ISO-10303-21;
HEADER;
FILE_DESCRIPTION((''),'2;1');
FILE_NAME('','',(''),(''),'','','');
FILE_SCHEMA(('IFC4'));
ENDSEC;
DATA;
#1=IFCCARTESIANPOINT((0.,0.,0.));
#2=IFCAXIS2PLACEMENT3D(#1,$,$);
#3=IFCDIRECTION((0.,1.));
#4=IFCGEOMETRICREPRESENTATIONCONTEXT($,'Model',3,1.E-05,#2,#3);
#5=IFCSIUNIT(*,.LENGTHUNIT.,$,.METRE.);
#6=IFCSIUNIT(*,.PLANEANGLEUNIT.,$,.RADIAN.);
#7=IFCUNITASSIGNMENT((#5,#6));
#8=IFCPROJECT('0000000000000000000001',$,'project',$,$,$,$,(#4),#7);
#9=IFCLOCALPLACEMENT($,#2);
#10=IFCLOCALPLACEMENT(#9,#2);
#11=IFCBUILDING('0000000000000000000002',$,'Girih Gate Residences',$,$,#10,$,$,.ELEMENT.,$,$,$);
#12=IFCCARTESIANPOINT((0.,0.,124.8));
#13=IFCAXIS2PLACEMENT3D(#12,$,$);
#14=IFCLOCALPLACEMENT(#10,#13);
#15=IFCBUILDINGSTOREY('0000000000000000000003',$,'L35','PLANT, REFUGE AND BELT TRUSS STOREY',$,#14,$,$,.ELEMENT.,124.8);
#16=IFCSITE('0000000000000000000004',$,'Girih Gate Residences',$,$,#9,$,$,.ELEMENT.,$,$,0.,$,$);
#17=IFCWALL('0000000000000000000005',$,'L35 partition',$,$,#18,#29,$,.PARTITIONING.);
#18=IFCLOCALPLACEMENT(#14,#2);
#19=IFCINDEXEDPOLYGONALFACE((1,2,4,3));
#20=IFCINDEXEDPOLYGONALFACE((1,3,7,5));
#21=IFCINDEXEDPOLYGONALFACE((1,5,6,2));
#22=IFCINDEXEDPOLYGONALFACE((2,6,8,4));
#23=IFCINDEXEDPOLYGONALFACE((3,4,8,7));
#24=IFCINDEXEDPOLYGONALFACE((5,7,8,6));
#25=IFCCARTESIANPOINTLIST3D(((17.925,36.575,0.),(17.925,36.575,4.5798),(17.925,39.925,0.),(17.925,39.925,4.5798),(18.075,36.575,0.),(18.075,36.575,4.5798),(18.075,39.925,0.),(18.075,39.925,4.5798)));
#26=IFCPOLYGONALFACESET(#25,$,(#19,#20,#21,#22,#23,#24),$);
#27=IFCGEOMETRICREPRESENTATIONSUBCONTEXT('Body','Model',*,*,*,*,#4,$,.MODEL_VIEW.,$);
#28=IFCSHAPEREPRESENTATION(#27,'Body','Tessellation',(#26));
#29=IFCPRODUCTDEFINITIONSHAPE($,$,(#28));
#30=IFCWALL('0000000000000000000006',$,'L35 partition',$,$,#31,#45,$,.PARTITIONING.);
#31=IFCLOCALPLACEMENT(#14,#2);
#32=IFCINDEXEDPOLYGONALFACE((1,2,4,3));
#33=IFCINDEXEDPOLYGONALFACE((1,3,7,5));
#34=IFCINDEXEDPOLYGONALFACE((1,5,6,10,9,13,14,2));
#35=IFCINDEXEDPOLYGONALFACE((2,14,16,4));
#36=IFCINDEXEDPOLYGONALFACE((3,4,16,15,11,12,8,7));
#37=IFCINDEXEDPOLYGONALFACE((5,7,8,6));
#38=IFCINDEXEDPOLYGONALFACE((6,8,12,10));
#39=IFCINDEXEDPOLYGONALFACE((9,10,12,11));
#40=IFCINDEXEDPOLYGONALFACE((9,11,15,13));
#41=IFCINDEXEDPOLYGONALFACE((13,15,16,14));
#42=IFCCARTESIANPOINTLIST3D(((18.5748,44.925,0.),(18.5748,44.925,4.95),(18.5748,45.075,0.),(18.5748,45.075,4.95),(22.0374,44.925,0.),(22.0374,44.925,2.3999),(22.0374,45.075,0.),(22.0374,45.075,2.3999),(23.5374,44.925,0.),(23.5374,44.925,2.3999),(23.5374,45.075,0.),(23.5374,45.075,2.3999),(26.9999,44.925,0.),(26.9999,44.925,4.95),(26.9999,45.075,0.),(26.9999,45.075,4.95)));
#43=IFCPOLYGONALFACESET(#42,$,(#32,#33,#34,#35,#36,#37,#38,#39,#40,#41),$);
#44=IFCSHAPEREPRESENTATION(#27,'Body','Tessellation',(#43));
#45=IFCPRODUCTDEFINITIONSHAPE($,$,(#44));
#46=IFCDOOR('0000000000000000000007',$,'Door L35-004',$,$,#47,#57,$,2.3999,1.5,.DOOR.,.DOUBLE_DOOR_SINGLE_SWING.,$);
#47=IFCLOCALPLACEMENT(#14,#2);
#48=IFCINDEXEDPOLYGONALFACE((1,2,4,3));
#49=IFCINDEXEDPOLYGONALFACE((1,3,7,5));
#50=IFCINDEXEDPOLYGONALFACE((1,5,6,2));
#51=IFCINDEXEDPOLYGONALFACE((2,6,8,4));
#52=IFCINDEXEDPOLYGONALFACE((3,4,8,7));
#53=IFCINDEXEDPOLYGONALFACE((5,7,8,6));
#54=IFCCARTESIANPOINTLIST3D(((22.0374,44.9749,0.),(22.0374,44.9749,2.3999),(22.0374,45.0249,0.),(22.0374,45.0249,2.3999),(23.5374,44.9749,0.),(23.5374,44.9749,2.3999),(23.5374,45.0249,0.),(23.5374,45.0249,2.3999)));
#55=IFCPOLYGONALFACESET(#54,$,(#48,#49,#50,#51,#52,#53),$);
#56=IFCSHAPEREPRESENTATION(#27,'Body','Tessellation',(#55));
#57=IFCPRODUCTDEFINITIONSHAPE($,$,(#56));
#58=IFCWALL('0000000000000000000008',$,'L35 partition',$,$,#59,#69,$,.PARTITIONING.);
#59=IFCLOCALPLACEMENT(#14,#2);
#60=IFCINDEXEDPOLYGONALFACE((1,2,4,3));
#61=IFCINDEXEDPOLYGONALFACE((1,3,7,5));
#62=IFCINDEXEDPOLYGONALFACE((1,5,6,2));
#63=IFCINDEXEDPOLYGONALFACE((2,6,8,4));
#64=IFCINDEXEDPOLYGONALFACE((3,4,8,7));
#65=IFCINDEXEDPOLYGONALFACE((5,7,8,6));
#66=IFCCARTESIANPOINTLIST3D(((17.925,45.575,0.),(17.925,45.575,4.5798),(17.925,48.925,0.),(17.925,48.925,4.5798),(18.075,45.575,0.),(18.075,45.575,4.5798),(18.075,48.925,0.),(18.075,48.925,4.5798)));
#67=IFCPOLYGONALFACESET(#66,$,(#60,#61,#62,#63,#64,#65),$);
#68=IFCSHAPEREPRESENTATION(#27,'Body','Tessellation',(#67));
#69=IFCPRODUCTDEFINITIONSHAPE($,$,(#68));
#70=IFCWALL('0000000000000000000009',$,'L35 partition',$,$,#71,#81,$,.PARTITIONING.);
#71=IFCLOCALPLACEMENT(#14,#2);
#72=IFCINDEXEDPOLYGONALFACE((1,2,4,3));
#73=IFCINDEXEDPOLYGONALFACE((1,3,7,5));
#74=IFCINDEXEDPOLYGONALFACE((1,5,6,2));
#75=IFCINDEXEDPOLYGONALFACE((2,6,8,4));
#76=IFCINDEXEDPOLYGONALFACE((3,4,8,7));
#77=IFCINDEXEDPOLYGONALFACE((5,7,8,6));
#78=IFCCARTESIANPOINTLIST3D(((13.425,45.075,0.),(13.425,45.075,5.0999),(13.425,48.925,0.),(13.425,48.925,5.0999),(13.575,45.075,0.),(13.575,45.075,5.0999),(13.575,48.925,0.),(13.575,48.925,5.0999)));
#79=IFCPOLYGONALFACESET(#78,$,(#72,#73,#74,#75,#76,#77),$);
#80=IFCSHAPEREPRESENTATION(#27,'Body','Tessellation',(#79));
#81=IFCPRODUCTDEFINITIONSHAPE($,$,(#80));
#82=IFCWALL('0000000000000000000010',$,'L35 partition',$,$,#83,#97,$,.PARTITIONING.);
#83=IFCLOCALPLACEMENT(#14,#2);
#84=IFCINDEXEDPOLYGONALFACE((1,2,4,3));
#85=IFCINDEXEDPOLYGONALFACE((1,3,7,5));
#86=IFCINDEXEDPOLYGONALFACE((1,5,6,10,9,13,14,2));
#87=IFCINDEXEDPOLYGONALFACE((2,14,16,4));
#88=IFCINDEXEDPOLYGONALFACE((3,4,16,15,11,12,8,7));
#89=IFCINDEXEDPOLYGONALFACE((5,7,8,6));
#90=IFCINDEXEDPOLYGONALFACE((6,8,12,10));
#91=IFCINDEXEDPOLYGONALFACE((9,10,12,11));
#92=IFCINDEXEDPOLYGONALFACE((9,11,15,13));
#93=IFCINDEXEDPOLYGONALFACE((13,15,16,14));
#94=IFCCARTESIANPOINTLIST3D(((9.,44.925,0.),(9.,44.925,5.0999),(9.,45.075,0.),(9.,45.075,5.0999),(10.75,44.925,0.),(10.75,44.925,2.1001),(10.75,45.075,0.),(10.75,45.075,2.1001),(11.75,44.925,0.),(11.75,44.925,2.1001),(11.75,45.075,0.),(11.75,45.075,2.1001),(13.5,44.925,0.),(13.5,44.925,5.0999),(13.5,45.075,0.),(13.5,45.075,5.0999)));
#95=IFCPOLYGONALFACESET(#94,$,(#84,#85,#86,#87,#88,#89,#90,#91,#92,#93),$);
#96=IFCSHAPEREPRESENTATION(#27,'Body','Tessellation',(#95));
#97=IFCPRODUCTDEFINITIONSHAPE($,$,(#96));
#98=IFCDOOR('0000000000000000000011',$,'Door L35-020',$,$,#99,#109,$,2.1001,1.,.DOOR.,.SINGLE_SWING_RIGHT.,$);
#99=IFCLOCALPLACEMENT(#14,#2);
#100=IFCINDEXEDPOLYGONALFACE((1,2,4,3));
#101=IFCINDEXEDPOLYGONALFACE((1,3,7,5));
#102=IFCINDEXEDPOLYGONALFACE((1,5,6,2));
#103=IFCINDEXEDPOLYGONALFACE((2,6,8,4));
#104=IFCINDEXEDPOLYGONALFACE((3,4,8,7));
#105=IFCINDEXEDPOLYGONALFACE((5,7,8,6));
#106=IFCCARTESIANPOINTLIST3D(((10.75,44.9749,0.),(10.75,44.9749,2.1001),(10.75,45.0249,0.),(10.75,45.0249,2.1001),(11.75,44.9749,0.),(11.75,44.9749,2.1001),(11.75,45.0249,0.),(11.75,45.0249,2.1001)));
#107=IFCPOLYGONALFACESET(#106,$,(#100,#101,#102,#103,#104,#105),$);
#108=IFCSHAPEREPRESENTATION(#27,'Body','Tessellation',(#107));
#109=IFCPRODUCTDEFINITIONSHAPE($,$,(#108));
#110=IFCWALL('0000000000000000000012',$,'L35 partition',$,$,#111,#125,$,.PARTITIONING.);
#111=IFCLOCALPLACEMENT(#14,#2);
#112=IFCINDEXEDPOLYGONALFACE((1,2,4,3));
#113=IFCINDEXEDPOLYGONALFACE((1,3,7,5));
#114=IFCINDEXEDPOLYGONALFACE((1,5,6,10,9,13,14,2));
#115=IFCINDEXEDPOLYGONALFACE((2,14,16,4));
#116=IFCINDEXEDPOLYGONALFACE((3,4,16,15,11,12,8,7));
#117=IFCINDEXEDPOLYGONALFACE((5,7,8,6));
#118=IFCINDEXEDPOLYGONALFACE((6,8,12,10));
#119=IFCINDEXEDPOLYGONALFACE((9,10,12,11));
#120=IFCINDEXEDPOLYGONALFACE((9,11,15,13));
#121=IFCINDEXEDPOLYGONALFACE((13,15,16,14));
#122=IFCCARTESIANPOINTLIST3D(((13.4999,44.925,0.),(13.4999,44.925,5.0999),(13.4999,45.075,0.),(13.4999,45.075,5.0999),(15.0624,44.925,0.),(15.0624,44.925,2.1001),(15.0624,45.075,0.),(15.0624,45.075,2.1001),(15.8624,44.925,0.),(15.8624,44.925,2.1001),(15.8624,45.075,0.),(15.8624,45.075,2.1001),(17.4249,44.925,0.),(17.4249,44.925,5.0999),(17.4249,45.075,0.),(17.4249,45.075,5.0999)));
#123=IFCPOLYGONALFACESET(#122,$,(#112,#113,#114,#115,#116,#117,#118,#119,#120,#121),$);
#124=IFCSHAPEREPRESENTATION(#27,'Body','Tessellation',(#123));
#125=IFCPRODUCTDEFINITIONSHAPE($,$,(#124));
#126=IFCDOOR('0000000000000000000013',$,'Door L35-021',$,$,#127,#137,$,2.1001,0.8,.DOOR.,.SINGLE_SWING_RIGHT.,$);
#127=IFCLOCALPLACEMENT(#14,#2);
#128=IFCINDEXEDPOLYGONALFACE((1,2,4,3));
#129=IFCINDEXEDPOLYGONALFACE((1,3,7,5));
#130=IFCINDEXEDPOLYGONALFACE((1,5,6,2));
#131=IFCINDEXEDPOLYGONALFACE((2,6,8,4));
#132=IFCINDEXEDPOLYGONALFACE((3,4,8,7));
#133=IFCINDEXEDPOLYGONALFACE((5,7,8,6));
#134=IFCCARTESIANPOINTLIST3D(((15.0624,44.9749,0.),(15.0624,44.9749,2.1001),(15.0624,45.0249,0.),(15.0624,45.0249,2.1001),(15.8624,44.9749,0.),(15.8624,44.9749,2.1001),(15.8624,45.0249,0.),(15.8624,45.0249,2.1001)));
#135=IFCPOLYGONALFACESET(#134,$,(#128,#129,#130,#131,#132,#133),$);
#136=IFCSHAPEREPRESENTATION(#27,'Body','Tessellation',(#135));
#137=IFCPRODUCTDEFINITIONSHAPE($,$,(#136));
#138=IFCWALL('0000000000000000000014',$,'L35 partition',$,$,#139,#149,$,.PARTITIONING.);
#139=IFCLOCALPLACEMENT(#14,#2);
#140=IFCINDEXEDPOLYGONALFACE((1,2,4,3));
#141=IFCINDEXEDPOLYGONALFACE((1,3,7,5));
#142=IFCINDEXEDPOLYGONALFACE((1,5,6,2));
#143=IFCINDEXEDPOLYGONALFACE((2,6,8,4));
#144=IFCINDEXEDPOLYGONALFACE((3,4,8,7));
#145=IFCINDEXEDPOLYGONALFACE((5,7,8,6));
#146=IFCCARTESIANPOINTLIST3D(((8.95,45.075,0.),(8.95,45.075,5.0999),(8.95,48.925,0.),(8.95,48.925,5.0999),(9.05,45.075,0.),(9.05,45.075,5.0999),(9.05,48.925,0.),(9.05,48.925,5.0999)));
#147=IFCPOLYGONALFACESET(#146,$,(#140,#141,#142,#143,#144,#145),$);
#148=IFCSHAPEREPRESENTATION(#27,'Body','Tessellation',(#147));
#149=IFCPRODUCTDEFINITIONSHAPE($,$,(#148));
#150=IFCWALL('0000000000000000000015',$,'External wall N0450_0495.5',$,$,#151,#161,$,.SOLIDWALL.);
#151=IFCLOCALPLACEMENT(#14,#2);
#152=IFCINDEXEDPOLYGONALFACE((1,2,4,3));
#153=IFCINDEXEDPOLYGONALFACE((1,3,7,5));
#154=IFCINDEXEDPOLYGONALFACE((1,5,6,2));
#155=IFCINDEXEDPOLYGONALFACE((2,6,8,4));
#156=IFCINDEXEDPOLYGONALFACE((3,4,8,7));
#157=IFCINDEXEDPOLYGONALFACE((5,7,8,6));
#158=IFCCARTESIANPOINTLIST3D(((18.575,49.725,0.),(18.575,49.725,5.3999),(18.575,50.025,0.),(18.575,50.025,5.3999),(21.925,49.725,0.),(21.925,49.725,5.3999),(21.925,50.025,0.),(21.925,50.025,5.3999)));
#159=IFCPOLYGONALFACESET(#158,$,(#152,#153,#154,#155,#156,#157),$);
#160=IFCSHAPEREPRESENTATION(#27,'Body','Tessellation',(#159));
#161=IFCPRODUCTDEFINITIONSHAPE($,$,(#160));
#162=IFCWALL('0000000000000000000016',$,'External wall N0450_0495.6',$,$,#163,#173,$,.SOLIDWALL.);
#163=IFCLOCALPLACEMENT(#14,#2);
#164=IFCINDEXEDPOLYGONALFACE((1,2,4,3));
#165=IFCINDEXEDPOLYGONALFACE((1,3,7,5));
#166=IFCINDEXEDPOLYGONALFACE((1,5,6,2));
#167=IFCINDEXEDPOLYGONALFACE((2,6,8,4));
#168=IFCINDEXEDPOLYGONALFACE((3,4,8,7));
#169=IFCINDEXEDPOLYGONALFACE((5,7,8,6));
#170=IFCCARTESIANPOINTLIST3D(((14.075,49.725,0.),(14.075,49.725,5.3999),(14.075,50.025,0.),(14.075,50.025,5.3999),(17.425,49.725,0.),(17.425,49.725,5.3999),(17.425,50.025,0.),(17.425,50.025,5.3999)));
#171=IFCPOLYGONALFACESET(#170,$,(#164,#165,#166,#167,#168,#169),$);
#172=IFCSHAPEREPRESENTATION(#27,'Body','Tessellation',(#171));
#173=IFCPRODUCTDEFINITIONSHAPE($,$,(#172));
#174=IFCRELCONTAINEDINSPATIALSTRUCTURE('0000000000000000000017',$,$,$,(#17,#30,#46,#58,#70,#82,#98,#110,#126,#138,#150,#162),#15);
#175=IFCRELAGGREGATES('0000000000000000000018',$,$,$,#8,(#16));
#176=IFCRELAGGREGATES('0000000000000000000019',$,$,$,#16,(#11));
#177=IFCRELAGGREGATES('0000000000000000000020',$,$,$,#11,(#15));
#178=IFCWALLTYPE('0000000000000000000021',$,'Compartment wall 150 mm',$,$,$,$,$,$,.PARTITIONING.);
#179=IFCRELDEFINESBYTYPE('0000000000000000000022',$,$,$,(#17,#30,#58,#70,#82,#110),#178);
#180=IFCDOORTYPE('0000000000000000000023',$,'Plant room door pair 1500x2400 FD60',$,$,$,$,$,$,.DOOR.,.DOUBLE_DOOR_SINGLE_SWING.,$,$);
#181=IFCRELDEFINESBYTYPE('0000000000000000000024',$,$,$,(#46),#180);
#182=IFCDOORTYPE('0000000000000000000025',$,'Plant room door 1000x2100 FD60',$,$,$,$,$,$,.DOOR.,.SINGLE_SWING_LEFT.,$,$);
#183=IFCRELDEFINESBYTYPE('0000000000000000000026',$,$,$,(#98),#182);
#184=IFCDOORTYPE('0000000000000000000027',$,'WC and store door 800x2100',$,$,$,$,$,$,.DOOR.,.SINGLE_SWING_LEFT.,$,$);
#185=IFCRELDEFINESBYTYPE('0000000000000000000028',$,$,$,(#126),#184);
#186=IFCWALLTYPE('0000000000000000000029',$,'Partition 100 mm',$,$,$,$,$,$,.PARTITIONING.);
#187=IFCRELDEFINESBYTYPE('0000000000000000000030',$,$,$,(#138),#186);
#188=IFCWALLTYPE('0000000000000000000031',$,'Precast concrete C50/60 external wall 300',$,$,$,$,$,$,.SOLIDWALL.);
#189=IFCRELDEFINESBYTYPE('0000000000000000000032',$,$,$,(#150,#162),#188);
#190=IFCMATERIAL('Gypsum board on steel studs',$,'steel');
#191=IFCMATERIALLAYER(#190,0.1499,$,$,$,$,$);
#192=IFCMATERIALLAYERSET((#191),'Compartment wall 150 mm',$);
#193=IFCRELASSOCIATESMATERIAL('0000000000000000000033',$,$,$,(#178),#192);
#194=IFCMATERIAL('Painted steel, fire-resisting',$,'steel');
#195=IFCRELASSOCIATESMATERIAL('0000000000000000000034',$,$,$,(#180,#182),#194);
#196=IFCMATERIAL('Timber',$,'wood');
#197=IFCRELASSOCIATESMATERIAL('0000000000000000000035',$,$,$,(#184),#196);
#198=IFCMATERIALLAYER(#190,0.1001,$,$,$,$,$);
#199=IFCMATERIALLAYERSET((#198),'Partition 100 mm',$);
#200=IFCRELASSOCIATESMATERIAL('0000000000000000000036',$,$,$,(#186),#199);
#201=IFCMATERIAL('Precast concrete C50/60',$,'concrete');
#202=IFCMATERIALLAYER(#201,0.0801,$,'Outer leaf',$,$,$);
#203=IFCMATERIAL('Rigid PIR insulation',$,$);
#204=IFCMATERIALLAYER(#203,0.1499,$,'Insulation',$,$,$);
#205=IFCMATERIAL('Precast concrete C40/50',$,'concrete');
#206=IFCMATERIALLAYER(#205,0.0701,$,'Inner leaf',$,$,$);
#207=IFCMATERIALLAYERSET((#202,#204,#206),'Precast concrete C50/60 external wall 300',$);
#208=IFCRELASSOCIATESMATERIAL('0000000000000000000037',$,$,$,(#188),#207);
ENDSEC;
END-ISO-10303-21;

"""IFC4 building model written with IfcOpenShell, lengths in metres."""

from ifc_helpers import new_model, si_unit, direction, frame, frame_2d, origin, place, context, subcontext, project, spatial, rectangle, extrude, material, layer, layer_set, type_object, element, fill, save


model = new_model("IFC4")

# Units and contexts
model_context = context("Model", 3, precision=1e-05, world=origin(), true_north=direction((0.0, 1.0)))
body_context = subcontext(model_context, "Body", "Model", "MODEL_VIEW")
ifc_project = project(units=[si_unit("LENGTHUNIT", "METRE"), si_unit("PLANEANGLEUNIT", "RADIAN")], contexts=[model_context])

# Site, building, storey
site_placement = place(None, origin())
site = spatial("IfcSite", under=ifc_project, at=site_placement, Name="Girih Gate Residences", CompositionType="ELEMENT", RefElevation=0.0)
building_placement = place(site_placement, origin())
building = spatial("IfcBuilding", under=site, at=building_placement, Name="Girih Gate Residences", CompositionType="ELEMENT")
storey_placement = place(building_placement, frame((0.0, 0.0, 124.8)))
storey = spatial("IfcBuildingStorey", under=building, at=storey_placement, Name="L35", Description="PLANT, REFUGE AND BELT TRUSS STOREY", CompositionType="ELEMENT", Elevation=124.8)

# Wall
ifc_material_1 = material(Name="Gypsum board on steel studs", Category="steel")
ifc_layer_1 = layer(ifc_material_1, 0.1499)
ifc_layer_set_1 = layer_set([ifc_layer_1], Name="Compartment wall 150 mm")
wall_type_1 = type_object("IfcWallType", Name="Compartment wall 150 mm", PredefinedType="PARTITIONING", material=ifc_layer_set_1)
wall_1_placement = place(storey_placement, frame((18.0, 36.575, 0.0), z_axis=(0.0, 0.0, 1.0), x_axis=(0.0, 1.0, 0.0)))
element("IfcWall", 1, at=wall_1_placement, inside=storey, type_object=wall_type_1, Name="L35 partition", PredefinedType="PARTITIONING", context=body_context, shape_type="SweptSolid", body=[
    extrude(rectangle(XDim=3.3501, YDim=0.1499, at=frame_2d((1.675, 0.0))), origin(), (0.0, 0.0, 1.0), 4.5798),
])

# Wall, opening, door
wall_2_placement = place(storey_placement, frame((18.575, 45.0, 0.0), z_axis=(0.0, 0.0, 1.0), x_axis=(1.0, 0.0, 0.0)))
wall_2 = element("IfcWall", 2, at=wall_2_placement, inside=storey, type_object=wall_type_1, Name="L35 partition", PredefinedType="PARTITIONING", context=body_context, shape_type="SweptSolid", body=[
    extrude(rectangle(XDim=8.425, YDim=0.1499, at=frame_2d((4.2124, 0.0))), origin(), (0.0, 0.0, 1.0), 4.95),
])
opening_1_placement = place(wall_2_placement, frame((3.4624, 0.0, 0.0)))
opening_1 = element("IfcOpeningElement", 3, at=opening_1_placement, cuts=wall_2, PredefinedType="OPENING", context=body_context, shape_type="SweptSolid", body=[
    extrude(rectangle(XDim=1.5, YDim=2.3999, at=frame_2d((0.75, 1.2))), frame((0.0, 0.085, 0.0), z_axis=(0.0, -1.0, 0.0), x_axis=(1.0, 0.0, 0.0)), (0.0, 0.0, 1.0), 0.1699),
])
ifc_material_2 = material(Name="Painted steel, fire-resisting", Category="steel")
door_type_1 = type_object("IfcDoorType", Name="Plant room door pair 1500x2400 FD60", OperationType="DOUBLE_DOOR_SINGLE_SWING", PredefinedType="DOOR", material=ifc_material_2)
door_1_placement = place(opening_1_placement, origin())
door_1 = element("IfcDoor", 4, at=door_1_placement, inside=storey, type_object=door_type_1, Name="Door L35-004", OperationType="DOUBLE_DOOR_SINGLE_SWING", OverallHeight=2.3999, OverallWidth=1.5, PredefinedType="DOOR", context=body_context, shape_type="SweptSolid", body=[
    extrude(rectangle(XDim=1.5, YDim=2.3999, at=frame_2d((0.75, 1.2))), frame((0.0, 0.0249, 0.0), z_axis=(0.0, -1.0, 0.0), x_axis=(1.0, 0.0, 0.0)), (0.0, 0.0, 1.0), 0.05),
])
fill(opening_1, door_1)

# Walls
wall_3_placement = place(storey_placement, frame((18.0, 45.575, 0.0), z_axis=(0.0, 0.0, 1.0), x_axis=(0.0, 1.0, 0.0)))
element("IfcWall", 5, at=wall_3_placement, inside=storey, type_object=wall_type_1, Name="L35 partition", PredefinedType="PARTITIONING", context=body_context, shape_type="SweptSolid", body=[
    extrude(rectangle(XDim=3.3501, YDim=0.1499, at=frame_2d((1.675, 0.0))), origin(), (0.0, 0.0, 1.0), 4.5798),
])
wall_4_placement = place(storey_placement, frame((13.5, 45.075, 0.0), z_axis=(0.0, 0.0, 1.0), x_axis=(0.0, 1.0, 0.0)))
element("IfcWall", 6, at=wall_4_placement, inside=storey, type_object=wall_type_1, Name="L35 partition", PredefinedType="PARTITIONING", context=body_context, shape_type="SweptSolid", body=[
    extrude(rectangle(XDim=3.8501, YDim=0.1499, at=frame_2d((1.925, 0.0))), origin(), (0.0, 0.0, 1.0), 5.0999),
])

# Walls, openings, doors
wall_5_placement = place(storey_placement, frame((9.0, 45.0, 0.0), z_axis=(0.0, 0.0, 1.0), x_axis=(1.0, 0.0, 0.0)))
wall_5 = element("IfcWall", 7, at=wall_5_placement, inside=storey, type_object=wall_type_1, Name="L35 partition", PredefinedType="PARTITIONING", context=body_context, shape_type="SweptSolid", body=[
    extrude(rectangle(XDim=4.5, YDim=0.1499, at=frame_2d((2.25, 0.0))), origin(), (0.0, 0.0, 1.0), 5.0999),
])
opening_2_placement = place(wall_5_placement, frame((1.75, 0.0, 0.0)))
opening_2 = element("IfcOpeningElement", 8, at=opening_2_placement, cuts=wall_5, PredefinedType="OPENING", context=body_context, shape_type="SweptSolid", body=[
    extrude(rectangle(XDim=1.0, YDim=2.1001, at=frame_2d((0.5, 1.05))), frame((0.0, 0.085, 0.0), z_axis=(0.0, -1.0, 0.0), x_axis=(1.0, 0.0, 0.0)), (0.0, 0.0, 1.0), 0.1699),
])
door_type_2 = type_object("IfcDoorType", Name="Plant room door 1000x2100 FD60", OperationType="SINGLE_SWING_LEFT", PredefinedType="DOOR", material=ifc_material_2)
door_2_placement = place(opening_2_placement, origin())
door_2 = element("IfcDoor", 9, at=door_2_placement, inside=storey, type_object=door_type_2, Name="Door L35-020", OperationType="SINGLE_SWING_RIGHT", OverallHeight=2.1001, OverallWidth=1.0, PredefinedType="DOOR", context=body_context, shape_type="SweptSolid", body=[
    extrude(rectangle(XDim=1.0, YDim=2.1001, at=frame_2d((0.5, 1.05))), frame((0.0, 0.0249, 0.0), z_axis=(0.0, -1.0, 0.0), x_axis=(1.0, 0.0, 0.0)), (0.0, 0.0, 1.0), 0.05),
])
fill(opening_2, door_2)
wall_6_placement = place(storey_placement, frame((13.5, 45.0, 0.0), z_axis=(0.0, 0.0, 1.0), x_axis=(1.0, 0.0, 0.0)))
wall_6 = element("IfcWall", 10, at=wall_6_placement, inside=storey, type_object=wall_type_1, Name="L35 partition", PredefinedType="PARTITIONING", context=body_context, shape_type="SweptSolid", body=[
    extrude(rectangle(XDim=3.925, YDim=0.1499, at=frame_2d((1.9624, 0.0))), origin(), (0.0, 0.0, 1.0), 5.0999),
])
opening_3_placement = place(wall_6_placement, frame((1.5625, 0.0, 0.0)))
opening_3 = element("IfcOpeningElement", 11, at=opening_3_placement, cuts=wall_6, PredefinedType="OPENING", context=body_context, shape_type="SweptSolid", body=[
    extrude(rectangle(XDim=0.8, YDim=2.1001, at=frame_2d((0.3999, 1.05))), frame((0.0, 0.085, 0.0), z_axis=(0.0, -1.0, 0.0), x_axis=(1.0, 0.0, 0.0)), (0.0, 0.0, 1.0), 0.1699),
])
ifc_material_3 = material(Name="Timber", Category="wood")
door_type_3 = type_object("IfcDoorType", Name="WC and store door 800x2100", OperationType="SINGLE_SWING_LEFT", PredefinedType="DOOR", material=ifc_material_3)
door_3_placement = place(opening_3_placement, origin())
door_3 = element("IfcDoor", 12, at=door_3_placement, inside=storey, type_object=door_type_3, Name="Door L35-021", OperationType="SINGLE_SWING_RIGHT", OverallHeight=2.1001, OverallWidth=0.8, PredefinedType="DOOR", context=body_context, shape_type="SweptSolid", body=[
    extrude(rectangle(XDim=0.8, YDim=2.1001, at=frame_2d((0.3999, 1.05))), frame((0.0, 0.0249, 0.0), z_axis=(0.0, -1.0, 0.0), x_axis=(1.0, 0.0, 0.0)), (0.0, 0.0, 1.0), 0.05),
])
fill(opening_3, door_3)

# Walls
ifc_layer_2 = layer(ifc_material_1, 0.1001)
ifc_layer_set_2 = layer_set([ifc_layer_2], Name="Partition 100 mm")
wall_type_2 = type_object("IfcWallType", Name="Partition 100 mm", PredefinedType="PARTITIONING", material=ifc_layer_set_2)
wall_7_placement = place(storey_placement, frame((9.0, 45.075, 0.0), z_axis=(0.0, 0.0, 1.0), x_axis=(0.0, 1.0, 0.0)))
element("IfcWall", 13, at=wall_7_placement, inside=storey, type_object=wall_type_2, Name="L35 partition", PredefinedType="PARTITIONING", context=body_context, shape_type="SweptSolid", body=[
    extrude(rectangle(XDim=3.8501, YDim=0.1001, at=frame_2d((1.925, 0.0))), origin(), (0.0, 0.0, 1.0), 5.0999),
])
ifc_material_4 = material(Name="Precast concrete C50/60", Category="concrete")
ifc_layer_3 = layer(ifc_material_4, 0.0801, Name="Outer leaf")
ifc_material_5 = material(Name="Rigid PIR insulation")
ifc_layer_4 = layer(ifc_material_5, 0.1499, Name="Insulation")
ifc_material_6 = material(Name="Precast concrete C40/50", Category="concrete")
ifc_layer_5 = layer(ifc_material_6, 0.0701, Name="Inner leaf")
ifc_layer_set_3 = layer_set([ifc_layer_3, ifc_layer_4, ifc_layer_5], Name="Precast concrete C50/60 external wall 300")
wall_type_3 = type_object("IfcWallType", Name="Precast concrete C50/60 external wall 300", PredefinedType="SOLIDWALL", material=ifc_layer_set_3)
for number, where, z_axis, x_axis, name in (
    (14, (18.575, 49.875, 0.0), (0.0, 0.0, 1.0), (1.0, 0.0, 0.0), "External wall N0450_0495.5"),
    (15, (14.075, 49.875, 0.0), (0.0, 0.0, 1.0), (1.0, 0.0, 0.0), "External wall N0450_0495.6"),
):
    element("IfcWall", number, at=place(storey_placement, frame(where, z_axis=z_axis, x_axis=x_axis)), inside=storey, type_object=wall_type_3, Name=name, PredefinedType="SOLIDWALL", context=body_context, shape_type="SweptSolid", body=[
        extrude(rectangle(XDim=3.3501, YDim=0.3, at=frame_2d((1.675, 0.0))), origin(), (0.0, 0.0, 1.0), 5.3999),
    ])

save(model, "model.ifc")
